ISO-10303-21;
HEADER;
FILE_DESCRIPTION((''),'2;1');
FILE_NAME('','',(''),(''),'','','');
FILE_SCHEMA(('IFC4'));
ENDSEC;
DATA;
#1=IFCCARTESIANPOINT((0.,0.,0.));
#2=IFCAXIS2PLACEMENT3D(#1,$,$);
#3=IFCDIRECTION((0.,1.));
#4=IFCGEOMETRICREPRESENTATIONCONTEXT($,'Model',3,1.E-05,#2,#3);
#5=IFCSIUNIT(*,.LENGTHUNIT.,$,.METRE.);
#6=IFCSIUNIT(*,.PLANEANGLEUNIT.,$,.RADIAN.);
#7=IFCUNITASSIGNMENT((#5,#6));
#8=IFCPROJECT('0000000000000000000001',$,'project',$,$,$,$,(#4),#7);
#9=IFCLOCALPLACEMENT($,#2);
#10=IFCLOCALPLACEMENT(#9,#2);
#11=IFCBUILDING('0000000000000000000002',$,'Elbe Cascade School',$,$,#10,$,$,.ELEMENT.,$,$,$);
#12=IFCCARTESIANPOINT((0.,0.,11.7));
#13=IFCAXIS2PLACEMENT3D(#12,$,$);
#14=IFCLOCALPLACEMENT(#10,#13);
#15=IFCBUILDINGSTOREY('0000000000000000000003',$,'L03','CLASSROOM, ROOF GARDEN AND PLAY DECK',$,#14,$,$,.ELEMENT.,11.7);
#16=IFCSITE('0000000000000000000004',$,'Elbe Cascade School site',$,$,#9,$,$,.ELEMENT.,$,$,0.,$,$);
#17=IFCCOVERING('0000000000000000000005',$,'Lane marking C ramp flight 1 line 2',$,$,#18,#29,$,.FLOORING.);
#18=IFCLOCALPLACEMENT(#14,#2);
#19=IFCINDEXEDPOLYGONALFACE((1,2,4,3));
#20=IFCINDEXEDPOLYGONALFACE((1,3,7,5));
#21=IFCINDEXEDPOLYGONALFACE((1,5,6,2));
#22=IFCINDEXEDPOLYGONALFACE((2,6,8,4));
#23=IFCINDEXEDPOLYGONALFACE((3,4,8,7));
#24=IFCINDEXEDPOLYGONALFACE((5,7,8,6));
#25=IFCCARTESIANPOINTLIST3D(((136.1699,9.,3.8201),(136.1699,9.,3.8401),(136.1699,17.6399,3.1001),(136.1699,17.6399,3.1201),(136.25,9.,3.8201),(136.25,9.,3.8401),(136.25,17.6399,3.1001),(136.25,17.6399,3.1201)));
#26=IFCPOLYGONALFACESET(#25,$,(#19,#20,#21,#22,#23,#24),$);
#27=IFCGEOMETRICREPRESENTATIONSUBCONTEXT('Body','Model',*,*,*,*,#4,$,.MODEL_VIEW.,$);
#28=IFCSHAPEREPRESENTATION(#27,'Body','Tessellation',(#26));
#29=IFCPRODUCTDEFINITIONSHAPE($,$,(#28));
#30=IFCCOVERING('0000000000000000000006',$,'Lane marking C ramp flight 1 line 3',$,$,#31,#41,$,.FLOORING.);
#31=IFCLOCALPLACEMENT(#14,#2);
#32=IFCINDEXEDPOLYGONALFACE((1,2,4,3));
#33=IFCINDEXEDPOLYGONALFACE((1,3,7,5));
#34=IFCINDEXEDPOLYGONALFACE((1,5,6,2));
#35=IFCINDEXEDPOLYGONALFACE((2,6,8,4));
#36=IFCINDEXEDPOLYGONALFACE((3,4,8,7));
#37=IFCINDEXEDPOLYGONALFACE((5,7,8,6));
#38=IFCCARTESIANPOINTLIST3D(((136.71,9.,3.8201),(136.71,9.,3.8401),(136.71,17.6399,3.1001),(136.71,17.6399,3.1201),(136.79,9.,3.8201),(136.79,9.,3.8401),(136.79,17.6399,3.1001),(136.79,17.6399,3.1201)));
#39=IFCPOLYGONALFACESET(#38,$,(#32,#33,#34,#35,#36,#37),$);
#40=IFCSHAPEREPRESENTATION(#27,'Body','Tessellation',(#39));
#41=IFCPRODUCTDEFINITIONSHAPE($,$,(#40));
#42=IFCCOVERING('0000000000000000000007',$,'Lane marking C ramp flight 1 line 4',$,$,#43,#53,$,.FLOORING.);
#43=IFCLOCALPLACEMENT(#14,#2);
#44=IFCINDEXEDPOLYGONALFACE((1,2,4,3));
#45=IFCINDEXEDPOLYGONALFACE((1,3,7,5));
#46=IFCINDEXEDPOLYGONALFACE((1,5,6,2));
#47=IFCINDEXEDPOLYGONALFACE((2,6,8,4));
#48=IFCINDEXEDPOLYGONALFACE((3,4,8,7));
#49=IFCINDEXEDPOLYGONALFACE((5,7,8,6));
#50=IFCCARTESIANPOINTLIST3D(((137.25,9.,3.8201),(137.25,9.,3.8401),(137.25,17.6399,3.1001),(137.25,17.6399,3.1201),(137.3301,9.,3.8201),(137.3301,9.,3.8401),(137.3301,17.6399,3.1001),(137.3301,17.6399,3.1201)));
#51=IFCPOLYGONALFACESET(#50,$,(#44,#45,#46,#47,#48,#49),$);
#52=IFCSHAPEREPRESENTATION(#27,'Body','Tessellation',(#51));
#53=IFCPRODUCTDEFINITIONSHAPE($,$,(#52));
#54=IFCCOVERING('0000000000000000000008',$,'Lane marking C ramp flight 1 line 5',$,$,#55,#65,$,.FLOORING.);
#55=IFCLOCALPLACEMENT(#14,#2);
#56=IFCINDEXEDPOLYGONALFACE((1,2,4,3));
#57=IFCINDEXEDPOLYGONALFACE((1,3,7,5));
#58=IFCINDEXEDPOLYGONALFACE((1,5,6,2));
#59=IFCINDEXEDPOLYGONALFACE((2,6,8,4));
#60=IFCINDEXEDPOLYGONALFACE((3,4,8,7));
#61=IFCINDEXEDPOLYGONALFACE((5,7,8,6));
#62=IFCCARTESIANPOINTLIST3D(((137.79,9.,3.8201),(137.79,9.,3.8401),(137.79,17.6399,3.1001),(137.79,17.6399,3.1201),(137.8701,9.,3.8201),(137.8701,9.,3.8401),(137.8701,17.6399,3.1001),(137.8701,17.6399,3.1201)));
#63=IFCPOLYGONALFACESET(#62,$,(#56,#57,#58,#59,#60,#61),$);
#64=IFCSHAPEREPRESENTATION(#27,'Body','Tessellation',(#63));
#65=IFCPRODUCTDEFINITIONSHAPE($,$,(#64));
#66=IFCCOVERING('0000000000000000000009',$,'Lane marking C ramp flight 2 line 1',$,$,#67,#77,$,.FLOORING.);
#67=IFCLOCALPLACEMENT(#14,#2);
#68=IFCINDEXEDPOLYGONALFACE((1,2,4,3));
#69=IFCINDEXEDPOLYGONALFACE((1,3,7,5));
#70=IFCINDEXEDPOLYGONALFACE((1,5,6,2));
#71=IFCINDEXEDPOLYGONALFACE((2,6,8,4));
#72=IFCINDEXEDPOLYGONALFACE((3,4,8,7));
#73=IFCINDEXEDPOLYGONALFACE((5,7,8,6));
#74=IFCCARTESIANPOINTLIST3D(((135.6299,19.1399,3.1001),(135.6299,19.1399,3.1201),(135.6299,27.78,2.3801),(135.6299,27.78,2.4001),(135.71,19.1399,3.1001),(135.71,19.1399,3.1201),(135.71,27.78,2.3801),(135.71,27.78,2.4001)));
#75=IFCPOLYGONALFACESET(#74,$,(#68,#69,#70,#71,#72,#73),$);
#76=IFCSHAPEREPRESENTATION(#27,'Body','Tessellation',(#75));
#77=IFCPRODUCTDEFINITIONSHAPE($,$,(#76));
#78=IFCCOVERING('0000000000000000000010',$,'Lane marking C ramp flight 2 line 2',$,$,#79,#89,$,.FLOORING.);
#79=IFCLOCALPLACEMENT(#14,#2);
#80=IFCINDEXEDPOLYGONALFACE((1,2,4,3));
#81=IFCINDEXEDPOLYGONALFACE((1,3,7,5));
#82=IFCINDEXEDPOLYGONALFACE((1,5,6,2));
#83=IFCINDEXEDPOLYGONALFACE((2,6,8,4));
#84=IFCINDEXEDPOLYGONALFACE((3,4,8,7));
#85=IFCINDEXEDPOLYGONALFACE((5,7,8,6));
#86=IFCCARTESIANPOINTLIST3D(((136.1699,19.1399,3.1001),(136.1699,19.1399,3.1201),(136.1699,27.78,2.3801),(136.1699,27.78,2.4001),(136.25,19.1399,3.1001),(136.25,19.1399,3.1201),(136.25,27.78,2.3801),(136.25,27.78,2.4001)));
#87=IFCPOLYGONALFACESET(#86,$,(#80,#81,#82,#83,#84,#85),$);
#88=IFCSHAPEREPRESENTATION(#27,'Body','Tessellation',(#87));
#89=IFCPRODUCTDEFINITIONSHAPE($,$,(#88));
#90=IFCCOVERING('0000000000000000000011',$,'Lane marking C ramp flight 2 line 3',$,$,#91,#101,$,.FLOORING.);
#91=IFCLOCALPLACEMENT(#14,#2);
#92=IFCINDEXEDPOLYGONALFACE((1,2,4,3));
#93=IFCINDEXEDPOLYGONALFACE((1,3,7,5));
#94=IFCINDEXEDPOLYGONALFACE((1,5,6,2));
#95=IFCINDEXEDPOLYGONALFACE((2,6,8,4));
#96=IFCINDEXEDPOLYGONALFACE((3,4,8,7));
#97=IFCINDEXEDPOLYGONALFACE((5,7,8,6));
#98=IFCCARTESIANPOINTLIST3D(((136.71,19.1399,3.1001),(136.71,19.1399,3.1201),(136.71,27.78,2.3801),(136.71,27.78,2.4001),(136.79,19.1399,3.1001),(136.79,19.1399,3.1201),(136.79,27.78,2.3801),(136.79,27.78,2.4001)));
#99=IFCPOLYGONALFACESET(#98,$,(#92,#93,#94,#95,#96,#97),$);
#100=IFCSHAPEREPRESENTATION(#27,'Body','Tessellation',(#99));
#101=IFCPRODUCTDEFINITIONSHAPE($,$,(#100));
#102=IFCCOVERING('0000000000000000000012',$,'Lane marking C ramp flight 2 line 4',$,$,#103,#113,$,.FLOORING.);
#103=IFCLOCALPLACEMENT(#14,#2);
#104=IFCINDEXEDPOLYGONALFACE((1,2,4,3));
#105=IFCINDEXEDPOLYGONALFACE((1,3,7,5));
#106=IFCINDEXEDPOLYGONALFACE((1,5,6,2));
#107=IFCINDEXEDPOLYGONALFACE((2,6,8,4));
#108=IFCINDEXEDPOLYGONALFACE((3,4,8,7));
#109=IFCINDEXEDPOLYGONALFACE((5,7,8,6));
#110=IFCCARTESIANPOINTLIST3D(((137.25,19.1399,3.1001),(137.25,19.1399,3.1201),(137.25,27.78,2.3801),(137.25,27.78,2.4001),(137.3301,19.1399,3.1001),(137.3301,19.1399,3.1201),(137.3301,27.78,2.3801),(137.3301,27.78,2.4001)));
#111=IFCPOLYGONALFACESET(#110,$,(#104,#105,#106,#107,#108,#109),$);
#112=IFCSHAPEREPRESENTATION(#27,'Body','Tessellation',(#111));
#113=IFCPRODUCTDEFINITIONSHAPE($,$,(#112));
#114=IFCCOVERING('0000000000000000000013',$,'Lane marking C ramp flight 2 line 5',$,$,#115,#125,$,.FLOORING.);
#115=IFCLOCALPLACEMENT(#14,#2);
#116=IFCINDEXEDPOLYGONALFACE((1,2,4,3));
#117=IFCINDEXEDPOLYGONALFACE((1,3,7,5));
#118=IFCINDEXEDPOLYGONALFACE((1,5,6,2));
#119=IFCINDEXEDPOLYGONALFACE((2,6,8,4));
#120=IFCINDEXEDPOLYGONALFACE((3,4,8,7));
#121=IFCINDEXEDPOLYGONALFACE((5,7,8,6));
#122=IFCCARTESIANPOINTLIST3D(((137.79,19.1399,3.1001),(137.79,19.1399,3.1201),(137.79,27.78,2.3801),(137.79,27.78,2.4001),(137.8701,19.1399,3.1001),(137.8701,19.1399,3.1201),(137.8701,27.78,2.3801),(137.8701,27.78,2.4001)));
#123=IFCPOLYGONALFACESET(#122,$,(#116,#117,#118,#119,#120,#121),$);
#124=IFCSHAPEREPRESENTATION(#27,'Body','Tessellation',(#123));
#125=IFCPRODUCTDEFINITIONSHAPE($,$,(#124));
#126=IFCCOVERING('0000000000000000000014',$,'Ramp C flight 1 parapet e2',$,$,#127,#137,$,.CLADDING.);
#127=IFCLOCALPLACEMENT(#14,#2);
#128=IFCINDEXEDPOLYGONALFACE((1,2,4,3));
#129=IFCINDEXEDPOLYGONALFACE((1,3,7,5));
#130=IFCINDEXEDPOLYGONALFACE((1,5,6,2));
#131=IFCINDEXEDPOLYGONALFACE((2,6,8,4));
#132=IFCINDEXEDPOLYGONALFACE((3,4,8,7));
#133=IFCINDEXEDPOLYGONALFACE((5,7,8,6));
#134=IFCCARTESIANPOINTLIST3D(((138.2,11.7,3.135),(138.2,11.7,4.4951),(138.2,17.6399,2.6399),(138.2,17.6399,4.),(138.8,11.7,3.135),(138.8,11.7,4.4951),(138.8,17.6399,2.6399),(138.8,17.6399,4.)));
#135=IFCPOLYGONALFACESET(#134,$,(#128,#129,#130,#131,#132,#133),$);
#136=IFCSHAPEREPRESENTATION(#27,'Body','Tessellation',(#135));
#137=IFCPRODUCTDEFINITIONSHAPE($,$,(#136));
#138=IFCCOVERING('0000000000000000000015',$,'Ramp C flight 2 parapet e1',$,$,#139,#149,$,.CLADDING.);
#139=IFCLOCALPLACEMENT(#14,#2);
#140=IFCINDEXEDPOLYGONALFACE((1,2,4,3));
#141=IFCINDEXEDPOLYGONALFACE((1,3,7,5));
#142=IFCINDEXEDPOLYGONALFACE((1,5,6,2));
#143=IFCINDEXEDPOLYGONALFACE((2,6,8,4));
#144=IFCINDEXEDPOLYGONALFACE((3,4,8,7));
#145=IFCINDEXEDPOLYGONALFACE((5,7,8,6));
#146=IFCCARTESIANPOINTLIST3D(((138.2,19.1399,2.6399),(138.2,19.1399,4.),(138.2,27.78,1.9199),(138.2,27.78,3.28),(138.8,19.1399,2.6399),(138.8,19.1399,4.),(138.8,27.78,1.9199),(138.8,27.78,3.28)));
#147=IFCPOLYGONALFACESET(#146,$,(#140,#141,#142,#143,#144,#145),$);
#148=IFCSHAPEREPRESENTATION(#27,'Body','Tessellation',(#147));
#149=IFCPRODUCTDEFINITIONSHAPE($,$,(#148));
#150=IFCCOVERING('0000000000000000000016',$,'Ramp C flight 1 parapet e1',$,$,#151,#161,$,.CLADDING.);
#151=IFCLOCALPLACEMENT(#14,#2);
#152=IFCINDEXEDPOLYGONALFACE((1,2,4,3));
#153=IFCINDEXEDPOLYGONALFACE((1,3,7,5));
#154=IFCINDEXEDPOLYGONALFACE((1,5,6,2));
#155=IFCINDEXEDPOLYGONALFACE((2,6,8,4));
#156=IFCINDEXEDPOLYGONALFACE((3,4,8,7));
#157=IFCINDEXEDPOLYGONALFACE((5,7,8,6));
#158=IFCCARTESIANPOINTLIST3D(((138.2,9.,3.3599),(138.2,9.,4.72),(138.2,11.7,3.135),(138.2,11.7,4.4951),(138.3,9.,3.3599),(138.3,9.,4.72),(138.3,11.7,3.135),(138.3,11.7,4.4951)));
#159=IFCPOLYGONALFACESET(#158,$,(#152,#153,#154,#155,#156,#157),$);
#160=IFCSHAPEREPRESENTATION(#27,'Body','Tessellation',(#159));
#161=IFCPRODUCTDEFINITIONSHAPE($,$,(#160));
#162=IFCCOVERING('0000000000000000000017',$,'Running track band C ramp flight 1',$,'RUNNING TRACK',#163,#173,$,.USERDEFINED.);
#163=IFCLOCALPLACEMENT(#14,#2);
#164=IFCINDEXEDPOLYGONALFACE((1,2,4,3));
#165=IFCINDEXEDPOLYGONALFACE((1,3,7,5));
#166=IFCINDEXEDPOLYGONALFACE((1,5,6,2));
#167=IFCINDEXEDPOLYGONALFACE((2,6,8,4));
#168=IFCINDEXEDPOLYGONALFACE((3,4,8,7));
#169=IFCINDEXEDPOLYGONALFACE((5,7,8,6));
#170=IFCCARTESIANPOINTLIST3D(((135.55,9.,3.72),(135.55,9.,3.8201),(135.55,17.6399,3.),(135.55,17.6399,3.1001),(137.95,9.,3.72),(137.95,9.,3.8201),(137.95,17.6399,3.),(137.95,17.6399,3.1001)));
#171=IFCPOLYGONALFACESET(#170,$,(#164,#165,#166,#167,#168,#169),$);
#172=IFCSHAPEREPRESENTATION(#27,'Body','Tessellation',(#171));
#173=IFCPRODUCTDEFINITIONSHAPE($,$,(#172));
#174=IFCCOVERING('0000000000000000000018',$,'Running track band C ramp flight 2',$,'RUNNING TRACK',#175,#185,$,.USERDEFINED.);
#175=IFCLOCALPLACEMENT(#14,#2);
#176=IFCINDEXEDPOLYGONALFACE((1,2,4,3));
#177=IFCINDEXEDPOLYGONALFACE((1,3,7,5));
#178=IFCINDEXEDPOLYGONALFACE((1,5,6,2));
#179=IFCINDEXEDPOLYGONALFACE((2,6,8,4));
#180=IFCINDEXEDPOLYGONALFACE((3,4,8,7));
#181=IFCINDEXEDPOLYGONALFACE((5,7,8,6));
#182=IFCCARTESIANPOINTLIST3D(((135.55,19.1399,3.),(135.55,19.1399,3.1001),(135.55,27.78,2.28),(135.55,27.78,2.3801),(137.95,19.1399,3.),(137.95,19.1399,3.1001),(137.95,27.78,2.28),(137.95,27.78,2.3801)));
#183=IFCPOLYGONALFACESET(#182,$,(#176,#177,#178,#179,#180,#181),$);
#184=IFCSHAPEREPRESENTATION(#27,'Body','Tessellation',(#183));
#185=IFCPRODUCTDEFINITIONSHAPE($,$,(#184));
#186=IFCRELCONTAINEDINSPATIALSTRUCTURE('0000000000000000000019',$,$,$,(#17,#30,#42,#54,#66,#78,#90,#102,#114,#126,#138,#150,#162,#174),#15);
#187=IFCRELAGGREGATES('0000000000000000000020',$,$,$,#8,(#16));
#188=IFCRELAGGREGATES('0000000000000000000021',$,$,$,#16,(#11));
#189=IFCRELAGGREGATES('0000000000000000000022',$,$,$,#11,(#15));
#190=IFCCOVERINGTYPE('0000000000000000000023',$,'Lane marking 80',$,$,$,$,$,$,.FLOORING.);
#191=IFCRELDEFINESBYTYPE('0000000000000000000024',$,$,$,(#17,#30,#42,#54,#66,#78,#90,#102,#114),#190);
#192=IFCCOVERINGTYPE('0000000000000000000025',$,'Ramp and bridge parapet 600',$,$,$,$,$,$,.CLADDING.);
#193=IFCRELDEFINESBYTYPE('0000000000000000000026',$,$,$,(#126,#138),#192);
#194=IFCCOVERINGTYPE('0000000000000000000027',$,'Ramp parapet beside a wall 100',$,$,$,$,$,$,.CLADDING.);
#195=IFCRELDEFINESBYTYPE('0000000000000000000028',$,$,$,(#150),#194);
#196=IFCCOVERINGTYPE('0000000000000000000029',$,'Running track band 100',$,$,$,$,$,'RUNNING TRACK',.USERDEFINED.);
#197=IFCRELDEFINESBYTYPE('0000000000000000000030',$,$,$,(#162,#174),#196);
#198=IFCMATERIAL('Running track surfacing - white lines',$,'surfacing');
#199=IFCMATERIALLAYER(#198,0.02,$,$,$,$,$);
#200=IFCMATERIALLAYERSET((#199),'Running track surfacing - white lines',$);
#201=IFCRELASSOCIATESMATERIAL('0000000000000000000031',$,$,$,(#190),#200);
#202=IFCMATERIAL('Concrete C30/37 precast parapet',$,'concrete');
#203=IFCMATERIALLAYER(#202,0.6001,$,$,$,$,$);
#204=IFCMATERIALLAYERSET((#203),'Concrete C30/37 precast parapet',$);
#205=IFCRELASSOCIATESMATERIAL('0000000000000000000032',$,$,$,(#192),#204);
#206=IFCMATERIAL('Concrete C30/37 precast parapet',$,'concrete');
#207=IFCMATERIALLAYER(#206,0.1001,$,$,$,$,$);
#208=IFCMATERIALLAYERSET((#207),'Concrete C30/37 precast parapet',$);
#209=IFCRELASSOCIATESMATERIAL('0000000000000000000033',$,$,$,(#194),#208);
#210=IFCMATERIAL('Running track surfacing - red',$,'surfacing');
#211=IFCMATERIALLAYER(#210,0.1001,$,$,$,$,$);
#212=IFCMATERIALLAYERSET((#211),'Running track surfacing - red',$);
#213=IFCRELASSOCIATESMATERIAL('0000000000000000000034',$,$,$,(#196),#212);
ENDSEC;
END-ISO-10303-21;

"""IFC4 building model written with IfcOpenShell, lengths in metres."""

from ifc_helpers import new_model, si_unit, direction, frame, origin, place, context, subcontext, project, spatial, polyline, outline, extrude, material, layer, layer_set, type_object, element, save


model = new_model("IFC4")

# Units and contexts
model_context = context("Model", 3, precision=1e-05, world=origin(), true_north=direction((0.0, 1.0)))
body_context = subcontext(model_context, "Body", "Model", "MODEL_VIEW")
ifc_project = project(units=[si_unit("LENGTHUNIT", "METRE"), si_unit("PLANEANGLEUNIT", "RADIAN")], contexts=[model_context])

# Site, building, storey
site_placement = place(None, origin())
site = spatial("IfcSite", under=ifc_project, at=site_placement, Name="Elbe Cascade School site", CompositionType="ELEMENT", RefElevation=0.0)
building_placement = place(site_placement, origin())
building = spatial("IfcBuilding", under=site, at=building_placement, Name="Elbe Cascade School", CompositionType="ELEMENT")
storey_placement = place(building_placement, frame((0.0, 0.0, 11.7)))
storey = spatial("IfcBuildingStorey", under=building, at=storey_placement, Name="L03", Description="CLASSROOM, ROOF GARDEN AND PLAY DECK", CompositionType="ELEMENT", Elevation=11.7)

# Coverings
ifc_material_1 = material(Name="Running track surfacing - white lines", Category="surfacing")
ifc_layer_1 = layer(ifc_material_1, 0.02)
ifc_layer_set_1 = layer_set([ifc_layer_1], Name="Running track surfacing - white lines")
covering_type_1 = type_object("IfcCoveringType", Name="Lane marking 80", PredefinedType="FLOORING", material=ifc_layer_set_1)
for number, where, z_axis, x_axis, name in (
    (1, (136.1699, 9.0, 3.8401), (0.0, 0.083043, 0.996546), (0.0, 0.996546, -0.083043), "Lane marking C ramp flight 1 line 2"),
    (2, (136.71, 9.0, 3.8401), (0.0, 0.083043, 0.996546), (0.0, 0.996546, -0.083043), "Lane marking C ramp flight 1 line 3"),
    (3, (137.25, 9.0, 3.8401), (0.0, 0.083043, 0.996546), (0.0, 0.996546, -0.083043), "Lane marking C ramp flight 1 line 4"),
    (4, (137.79, 9.0, 3.8401), (0.0, 0.083043, 0.996546), (0.0, 0.996546, -0.083043), "Lane marking C ramp flight 1 line 5"),
):
    element("IfcCovering", number, at=place(storey_placement, frame(where, z_axis=z_axis, x_axis=x_axis)), inside=storey, type_object=covering_type_1, Name=name, PredefinedType="FLOORING", context=body_context, shape_type="SweptSolid", body=[
        extrude(outline(polyline([(0.0, 0.0), (8.6698, 0.0), (8.6698, -0.0801), (0.0, -0.0801), (0.0, 0.0)])), origin(), (0.083043, 0.0, -0.996546), 0.02),
    ])
for number, where, z_axis, x_axis, name in (
    (5, (135.6299, 19.1399, 3.1201), (0.0, 0.083041, 0.996546), (0.0, 0.996546, -0.083041), "Lane marking C ramp flight 2 line 1"),
    (6, (136.1699, 19.1399, 3.1201), (0.0, 0.083041, 0.996546), (0.0, 0.996546, -0.083041), "Lane marking C ramp flight 2 line 2"),
    (7, (136.71, 19.1399, 3.1201), (0.0, 0.083041, 0.996546), (0.0, 0.996546, -0.083041), "Lane marking C ramp flight 2 line 3"),
    (8, (137.25, 19.1399, 3.1201), (0.0, 0.083041, 0.996546), (0.0, 0.996546, -0.083041), "Lane marking C ramp flight 2 line 4"),
    (9, (137.79, 19.1399, 3.1201), (0.0, 0.083041, 0.996546), (0.0, 0.996546, -0.083041), "Lane marking C ramp flight 2 line 5"),
):
    element("IfcCovering", number, at=place(storey_placement, frame(where, z_axis=z_axis, x_axis=x_axis)), inside=storey, type_object=covering_type_1, Name=name, PredefinedType="FLOORING", context=body_context, shape_type="SweptSolid", body=[
        extrude(outline(polyline([(0.0, 0.0), (8.6701, 0.0), (8.6701, -0.0801), (0.0, -0.0801), (0.0, 0.0)])), origin(), (0.083041, 0.0, -0.996546), 0.02),
    ])
ifc_material_2 = material(Name="Concrete C30/37 precast parapet", Category="concrete")
ifc_layer_2 = layer(ifc_material_2, 0.6001)
ifc_layer_set_2 = layer_set([ifc_layer_2], Name="Concrete C30/37 precast parapet")
covering_type_2 = type_object("IfcCoveringType", Name="Ramp and bridge parapet 600", PredefinedType="CLADDING", material=ifc_layer_set_2)
covering_1_placement = place(storey_placement, frame((138.2, 11.7, 4.4951), z_axis=(0.0, 0.083066, 0.996544), x_axis=(0.0, 0.996544, -0.083066)))
element("IfcCovering", 10, at=covering_1_placement, inside=storey, type_object=covering_type_2, Name="Ramp C flight 1 parapet e2", PredefinedType="CLADDING", context=body_context, shape_type="SweptSolid", body=[
    extrude(outline(polyline([(0.0, 0.0), (5.9605, 0.0), (5.9605, -0.6001), (0.0, -0.6001), (0.0, 0.0)])), origin(), (0.083066, 0.0, -0.996544), 1.3601),
])
covering_2_placement = place(storey_placement, frame((138.2, 19.1399, 4.0), z_axis=(0.0, 0.083041, 0.996546), x_axis=(0.0, 0.996546, -0.083041)))
element("IfcCovering", 11, at=covering_2_placement, inside=storey, type_object=covering_type_2, Name="Ramp C flight 2 parapet e1", PredefinedType="CLADDING", context=body_context, shape_type="SweptSolid", body=[
    extrude(outline(polyline([(0.0, 0.0), (8.6701, 0.0), (8.6701, -0.6001), (0.0, -0.6001), (0.0, 0.0)])), origin(), (0.083041, 0.0, -0.996546), 1.3601),
])
ifc_material_3 = material(Name="Concrete C30/37 precast parapet", Category="concrete")
ifc_layer_3 = layer(ifc_material_3, 0.1001)
ifc_layer_set_3 = layer_set([ifc_layer_3], Name="Concrete C30/37 precast parapet")
covering_type_3 = type_object("IfcCoveringType", Name="Ramp parapet beside a wall 100", PredefinedType="CLADDING", material=ifc_layer_set_3)
covering_3_placement = place(storey_placement, frame((138.2, 9.0, 4.72), z_axis=(0.0, 0.082993, 0.99655), x_axis=(0.0, 0.99655, -0.082993)))
element("IfcCovering", 12, at=covering_3_placement, inside=storey, type_object=covering_type_3, Name="Ramp C flight 1 parapet e1", PredefinedType="CLADDING", context=body_context, shape_type="SweptSolid", body=[
    extrude(outline(polyline([(0.0, 0.0), (2.7093, 0.0), (2.7093, -0.1001), (0.0, -0.1001), (0.0, 0.0)])), origin(), (0.082993, 0.0, -0.99655), 1.3601),
])
ifc_material_4 = material(Name="Running track surfacing - red", Category="surfacing")
ifc_layer_4 = layer(ifc_material_4, 0.1001)
ifc_layer_set_4 = layer_set([ifc_layer_4], Name="Running track surfacing - red")
covering_type_4 = type_object("IfcCoveringType", Name="Running track band 100", ElementType="RUNNING TRACK", PredefinedType="USERDEFINED", material=ifc_layer_set_4)
covering_4_placement = place(storey_placement, frame((135.55, 9.0, 3.8201), z_axis=(0.0, 0.083043, 0.996546), x_axis=(0.0, 0.996546, -0.083043)))
element("IfcCovering", 13, at=covering_4_placement, inside=storey, type_object=covering_type_4, Name="Running track band C ramp flight 1", ObjectType="RUNNING TRACK", PredefinedType="USERDEFINED", context=body_context, shape_type="SweptSolid", body=[
    extrude(outline(polyline([(0.0, 0.0), (8.6698, 0.0), (8.6698, -2.3999), (0.0, -2.3999), (0.0, 0.0)])), origin(), (0.083043, 0.0, -0.996546), 0.1001),
])
covering_5_placement = place(storey_placement, frame((135.55, 19.1399, 3.1001), z_axis=(0.0, 0.083041, 0.996546), x_axis=(0.0, 0.996546, -0.083041)))
element("IfcCovering", 14, at=covering_5_placement, inside=storey, type_object=covering_type_4, Name="Running track band C ramp flight 2", ObjectType="RUNNING TRACK", PredefinedType="USERDEFINED", context=body_context, shape_type="SweptSolid", body=[
    extrude(outline(polyline([(0.0, 0.0), (8.6701, 0.0), (8.6701, -2.3999), (0.0, -2.3999), (0.0, 0.0)])), origin(), (0.083041, 0.0, -0.996546), 0.1001),
])

save(model, "model.ifc")
